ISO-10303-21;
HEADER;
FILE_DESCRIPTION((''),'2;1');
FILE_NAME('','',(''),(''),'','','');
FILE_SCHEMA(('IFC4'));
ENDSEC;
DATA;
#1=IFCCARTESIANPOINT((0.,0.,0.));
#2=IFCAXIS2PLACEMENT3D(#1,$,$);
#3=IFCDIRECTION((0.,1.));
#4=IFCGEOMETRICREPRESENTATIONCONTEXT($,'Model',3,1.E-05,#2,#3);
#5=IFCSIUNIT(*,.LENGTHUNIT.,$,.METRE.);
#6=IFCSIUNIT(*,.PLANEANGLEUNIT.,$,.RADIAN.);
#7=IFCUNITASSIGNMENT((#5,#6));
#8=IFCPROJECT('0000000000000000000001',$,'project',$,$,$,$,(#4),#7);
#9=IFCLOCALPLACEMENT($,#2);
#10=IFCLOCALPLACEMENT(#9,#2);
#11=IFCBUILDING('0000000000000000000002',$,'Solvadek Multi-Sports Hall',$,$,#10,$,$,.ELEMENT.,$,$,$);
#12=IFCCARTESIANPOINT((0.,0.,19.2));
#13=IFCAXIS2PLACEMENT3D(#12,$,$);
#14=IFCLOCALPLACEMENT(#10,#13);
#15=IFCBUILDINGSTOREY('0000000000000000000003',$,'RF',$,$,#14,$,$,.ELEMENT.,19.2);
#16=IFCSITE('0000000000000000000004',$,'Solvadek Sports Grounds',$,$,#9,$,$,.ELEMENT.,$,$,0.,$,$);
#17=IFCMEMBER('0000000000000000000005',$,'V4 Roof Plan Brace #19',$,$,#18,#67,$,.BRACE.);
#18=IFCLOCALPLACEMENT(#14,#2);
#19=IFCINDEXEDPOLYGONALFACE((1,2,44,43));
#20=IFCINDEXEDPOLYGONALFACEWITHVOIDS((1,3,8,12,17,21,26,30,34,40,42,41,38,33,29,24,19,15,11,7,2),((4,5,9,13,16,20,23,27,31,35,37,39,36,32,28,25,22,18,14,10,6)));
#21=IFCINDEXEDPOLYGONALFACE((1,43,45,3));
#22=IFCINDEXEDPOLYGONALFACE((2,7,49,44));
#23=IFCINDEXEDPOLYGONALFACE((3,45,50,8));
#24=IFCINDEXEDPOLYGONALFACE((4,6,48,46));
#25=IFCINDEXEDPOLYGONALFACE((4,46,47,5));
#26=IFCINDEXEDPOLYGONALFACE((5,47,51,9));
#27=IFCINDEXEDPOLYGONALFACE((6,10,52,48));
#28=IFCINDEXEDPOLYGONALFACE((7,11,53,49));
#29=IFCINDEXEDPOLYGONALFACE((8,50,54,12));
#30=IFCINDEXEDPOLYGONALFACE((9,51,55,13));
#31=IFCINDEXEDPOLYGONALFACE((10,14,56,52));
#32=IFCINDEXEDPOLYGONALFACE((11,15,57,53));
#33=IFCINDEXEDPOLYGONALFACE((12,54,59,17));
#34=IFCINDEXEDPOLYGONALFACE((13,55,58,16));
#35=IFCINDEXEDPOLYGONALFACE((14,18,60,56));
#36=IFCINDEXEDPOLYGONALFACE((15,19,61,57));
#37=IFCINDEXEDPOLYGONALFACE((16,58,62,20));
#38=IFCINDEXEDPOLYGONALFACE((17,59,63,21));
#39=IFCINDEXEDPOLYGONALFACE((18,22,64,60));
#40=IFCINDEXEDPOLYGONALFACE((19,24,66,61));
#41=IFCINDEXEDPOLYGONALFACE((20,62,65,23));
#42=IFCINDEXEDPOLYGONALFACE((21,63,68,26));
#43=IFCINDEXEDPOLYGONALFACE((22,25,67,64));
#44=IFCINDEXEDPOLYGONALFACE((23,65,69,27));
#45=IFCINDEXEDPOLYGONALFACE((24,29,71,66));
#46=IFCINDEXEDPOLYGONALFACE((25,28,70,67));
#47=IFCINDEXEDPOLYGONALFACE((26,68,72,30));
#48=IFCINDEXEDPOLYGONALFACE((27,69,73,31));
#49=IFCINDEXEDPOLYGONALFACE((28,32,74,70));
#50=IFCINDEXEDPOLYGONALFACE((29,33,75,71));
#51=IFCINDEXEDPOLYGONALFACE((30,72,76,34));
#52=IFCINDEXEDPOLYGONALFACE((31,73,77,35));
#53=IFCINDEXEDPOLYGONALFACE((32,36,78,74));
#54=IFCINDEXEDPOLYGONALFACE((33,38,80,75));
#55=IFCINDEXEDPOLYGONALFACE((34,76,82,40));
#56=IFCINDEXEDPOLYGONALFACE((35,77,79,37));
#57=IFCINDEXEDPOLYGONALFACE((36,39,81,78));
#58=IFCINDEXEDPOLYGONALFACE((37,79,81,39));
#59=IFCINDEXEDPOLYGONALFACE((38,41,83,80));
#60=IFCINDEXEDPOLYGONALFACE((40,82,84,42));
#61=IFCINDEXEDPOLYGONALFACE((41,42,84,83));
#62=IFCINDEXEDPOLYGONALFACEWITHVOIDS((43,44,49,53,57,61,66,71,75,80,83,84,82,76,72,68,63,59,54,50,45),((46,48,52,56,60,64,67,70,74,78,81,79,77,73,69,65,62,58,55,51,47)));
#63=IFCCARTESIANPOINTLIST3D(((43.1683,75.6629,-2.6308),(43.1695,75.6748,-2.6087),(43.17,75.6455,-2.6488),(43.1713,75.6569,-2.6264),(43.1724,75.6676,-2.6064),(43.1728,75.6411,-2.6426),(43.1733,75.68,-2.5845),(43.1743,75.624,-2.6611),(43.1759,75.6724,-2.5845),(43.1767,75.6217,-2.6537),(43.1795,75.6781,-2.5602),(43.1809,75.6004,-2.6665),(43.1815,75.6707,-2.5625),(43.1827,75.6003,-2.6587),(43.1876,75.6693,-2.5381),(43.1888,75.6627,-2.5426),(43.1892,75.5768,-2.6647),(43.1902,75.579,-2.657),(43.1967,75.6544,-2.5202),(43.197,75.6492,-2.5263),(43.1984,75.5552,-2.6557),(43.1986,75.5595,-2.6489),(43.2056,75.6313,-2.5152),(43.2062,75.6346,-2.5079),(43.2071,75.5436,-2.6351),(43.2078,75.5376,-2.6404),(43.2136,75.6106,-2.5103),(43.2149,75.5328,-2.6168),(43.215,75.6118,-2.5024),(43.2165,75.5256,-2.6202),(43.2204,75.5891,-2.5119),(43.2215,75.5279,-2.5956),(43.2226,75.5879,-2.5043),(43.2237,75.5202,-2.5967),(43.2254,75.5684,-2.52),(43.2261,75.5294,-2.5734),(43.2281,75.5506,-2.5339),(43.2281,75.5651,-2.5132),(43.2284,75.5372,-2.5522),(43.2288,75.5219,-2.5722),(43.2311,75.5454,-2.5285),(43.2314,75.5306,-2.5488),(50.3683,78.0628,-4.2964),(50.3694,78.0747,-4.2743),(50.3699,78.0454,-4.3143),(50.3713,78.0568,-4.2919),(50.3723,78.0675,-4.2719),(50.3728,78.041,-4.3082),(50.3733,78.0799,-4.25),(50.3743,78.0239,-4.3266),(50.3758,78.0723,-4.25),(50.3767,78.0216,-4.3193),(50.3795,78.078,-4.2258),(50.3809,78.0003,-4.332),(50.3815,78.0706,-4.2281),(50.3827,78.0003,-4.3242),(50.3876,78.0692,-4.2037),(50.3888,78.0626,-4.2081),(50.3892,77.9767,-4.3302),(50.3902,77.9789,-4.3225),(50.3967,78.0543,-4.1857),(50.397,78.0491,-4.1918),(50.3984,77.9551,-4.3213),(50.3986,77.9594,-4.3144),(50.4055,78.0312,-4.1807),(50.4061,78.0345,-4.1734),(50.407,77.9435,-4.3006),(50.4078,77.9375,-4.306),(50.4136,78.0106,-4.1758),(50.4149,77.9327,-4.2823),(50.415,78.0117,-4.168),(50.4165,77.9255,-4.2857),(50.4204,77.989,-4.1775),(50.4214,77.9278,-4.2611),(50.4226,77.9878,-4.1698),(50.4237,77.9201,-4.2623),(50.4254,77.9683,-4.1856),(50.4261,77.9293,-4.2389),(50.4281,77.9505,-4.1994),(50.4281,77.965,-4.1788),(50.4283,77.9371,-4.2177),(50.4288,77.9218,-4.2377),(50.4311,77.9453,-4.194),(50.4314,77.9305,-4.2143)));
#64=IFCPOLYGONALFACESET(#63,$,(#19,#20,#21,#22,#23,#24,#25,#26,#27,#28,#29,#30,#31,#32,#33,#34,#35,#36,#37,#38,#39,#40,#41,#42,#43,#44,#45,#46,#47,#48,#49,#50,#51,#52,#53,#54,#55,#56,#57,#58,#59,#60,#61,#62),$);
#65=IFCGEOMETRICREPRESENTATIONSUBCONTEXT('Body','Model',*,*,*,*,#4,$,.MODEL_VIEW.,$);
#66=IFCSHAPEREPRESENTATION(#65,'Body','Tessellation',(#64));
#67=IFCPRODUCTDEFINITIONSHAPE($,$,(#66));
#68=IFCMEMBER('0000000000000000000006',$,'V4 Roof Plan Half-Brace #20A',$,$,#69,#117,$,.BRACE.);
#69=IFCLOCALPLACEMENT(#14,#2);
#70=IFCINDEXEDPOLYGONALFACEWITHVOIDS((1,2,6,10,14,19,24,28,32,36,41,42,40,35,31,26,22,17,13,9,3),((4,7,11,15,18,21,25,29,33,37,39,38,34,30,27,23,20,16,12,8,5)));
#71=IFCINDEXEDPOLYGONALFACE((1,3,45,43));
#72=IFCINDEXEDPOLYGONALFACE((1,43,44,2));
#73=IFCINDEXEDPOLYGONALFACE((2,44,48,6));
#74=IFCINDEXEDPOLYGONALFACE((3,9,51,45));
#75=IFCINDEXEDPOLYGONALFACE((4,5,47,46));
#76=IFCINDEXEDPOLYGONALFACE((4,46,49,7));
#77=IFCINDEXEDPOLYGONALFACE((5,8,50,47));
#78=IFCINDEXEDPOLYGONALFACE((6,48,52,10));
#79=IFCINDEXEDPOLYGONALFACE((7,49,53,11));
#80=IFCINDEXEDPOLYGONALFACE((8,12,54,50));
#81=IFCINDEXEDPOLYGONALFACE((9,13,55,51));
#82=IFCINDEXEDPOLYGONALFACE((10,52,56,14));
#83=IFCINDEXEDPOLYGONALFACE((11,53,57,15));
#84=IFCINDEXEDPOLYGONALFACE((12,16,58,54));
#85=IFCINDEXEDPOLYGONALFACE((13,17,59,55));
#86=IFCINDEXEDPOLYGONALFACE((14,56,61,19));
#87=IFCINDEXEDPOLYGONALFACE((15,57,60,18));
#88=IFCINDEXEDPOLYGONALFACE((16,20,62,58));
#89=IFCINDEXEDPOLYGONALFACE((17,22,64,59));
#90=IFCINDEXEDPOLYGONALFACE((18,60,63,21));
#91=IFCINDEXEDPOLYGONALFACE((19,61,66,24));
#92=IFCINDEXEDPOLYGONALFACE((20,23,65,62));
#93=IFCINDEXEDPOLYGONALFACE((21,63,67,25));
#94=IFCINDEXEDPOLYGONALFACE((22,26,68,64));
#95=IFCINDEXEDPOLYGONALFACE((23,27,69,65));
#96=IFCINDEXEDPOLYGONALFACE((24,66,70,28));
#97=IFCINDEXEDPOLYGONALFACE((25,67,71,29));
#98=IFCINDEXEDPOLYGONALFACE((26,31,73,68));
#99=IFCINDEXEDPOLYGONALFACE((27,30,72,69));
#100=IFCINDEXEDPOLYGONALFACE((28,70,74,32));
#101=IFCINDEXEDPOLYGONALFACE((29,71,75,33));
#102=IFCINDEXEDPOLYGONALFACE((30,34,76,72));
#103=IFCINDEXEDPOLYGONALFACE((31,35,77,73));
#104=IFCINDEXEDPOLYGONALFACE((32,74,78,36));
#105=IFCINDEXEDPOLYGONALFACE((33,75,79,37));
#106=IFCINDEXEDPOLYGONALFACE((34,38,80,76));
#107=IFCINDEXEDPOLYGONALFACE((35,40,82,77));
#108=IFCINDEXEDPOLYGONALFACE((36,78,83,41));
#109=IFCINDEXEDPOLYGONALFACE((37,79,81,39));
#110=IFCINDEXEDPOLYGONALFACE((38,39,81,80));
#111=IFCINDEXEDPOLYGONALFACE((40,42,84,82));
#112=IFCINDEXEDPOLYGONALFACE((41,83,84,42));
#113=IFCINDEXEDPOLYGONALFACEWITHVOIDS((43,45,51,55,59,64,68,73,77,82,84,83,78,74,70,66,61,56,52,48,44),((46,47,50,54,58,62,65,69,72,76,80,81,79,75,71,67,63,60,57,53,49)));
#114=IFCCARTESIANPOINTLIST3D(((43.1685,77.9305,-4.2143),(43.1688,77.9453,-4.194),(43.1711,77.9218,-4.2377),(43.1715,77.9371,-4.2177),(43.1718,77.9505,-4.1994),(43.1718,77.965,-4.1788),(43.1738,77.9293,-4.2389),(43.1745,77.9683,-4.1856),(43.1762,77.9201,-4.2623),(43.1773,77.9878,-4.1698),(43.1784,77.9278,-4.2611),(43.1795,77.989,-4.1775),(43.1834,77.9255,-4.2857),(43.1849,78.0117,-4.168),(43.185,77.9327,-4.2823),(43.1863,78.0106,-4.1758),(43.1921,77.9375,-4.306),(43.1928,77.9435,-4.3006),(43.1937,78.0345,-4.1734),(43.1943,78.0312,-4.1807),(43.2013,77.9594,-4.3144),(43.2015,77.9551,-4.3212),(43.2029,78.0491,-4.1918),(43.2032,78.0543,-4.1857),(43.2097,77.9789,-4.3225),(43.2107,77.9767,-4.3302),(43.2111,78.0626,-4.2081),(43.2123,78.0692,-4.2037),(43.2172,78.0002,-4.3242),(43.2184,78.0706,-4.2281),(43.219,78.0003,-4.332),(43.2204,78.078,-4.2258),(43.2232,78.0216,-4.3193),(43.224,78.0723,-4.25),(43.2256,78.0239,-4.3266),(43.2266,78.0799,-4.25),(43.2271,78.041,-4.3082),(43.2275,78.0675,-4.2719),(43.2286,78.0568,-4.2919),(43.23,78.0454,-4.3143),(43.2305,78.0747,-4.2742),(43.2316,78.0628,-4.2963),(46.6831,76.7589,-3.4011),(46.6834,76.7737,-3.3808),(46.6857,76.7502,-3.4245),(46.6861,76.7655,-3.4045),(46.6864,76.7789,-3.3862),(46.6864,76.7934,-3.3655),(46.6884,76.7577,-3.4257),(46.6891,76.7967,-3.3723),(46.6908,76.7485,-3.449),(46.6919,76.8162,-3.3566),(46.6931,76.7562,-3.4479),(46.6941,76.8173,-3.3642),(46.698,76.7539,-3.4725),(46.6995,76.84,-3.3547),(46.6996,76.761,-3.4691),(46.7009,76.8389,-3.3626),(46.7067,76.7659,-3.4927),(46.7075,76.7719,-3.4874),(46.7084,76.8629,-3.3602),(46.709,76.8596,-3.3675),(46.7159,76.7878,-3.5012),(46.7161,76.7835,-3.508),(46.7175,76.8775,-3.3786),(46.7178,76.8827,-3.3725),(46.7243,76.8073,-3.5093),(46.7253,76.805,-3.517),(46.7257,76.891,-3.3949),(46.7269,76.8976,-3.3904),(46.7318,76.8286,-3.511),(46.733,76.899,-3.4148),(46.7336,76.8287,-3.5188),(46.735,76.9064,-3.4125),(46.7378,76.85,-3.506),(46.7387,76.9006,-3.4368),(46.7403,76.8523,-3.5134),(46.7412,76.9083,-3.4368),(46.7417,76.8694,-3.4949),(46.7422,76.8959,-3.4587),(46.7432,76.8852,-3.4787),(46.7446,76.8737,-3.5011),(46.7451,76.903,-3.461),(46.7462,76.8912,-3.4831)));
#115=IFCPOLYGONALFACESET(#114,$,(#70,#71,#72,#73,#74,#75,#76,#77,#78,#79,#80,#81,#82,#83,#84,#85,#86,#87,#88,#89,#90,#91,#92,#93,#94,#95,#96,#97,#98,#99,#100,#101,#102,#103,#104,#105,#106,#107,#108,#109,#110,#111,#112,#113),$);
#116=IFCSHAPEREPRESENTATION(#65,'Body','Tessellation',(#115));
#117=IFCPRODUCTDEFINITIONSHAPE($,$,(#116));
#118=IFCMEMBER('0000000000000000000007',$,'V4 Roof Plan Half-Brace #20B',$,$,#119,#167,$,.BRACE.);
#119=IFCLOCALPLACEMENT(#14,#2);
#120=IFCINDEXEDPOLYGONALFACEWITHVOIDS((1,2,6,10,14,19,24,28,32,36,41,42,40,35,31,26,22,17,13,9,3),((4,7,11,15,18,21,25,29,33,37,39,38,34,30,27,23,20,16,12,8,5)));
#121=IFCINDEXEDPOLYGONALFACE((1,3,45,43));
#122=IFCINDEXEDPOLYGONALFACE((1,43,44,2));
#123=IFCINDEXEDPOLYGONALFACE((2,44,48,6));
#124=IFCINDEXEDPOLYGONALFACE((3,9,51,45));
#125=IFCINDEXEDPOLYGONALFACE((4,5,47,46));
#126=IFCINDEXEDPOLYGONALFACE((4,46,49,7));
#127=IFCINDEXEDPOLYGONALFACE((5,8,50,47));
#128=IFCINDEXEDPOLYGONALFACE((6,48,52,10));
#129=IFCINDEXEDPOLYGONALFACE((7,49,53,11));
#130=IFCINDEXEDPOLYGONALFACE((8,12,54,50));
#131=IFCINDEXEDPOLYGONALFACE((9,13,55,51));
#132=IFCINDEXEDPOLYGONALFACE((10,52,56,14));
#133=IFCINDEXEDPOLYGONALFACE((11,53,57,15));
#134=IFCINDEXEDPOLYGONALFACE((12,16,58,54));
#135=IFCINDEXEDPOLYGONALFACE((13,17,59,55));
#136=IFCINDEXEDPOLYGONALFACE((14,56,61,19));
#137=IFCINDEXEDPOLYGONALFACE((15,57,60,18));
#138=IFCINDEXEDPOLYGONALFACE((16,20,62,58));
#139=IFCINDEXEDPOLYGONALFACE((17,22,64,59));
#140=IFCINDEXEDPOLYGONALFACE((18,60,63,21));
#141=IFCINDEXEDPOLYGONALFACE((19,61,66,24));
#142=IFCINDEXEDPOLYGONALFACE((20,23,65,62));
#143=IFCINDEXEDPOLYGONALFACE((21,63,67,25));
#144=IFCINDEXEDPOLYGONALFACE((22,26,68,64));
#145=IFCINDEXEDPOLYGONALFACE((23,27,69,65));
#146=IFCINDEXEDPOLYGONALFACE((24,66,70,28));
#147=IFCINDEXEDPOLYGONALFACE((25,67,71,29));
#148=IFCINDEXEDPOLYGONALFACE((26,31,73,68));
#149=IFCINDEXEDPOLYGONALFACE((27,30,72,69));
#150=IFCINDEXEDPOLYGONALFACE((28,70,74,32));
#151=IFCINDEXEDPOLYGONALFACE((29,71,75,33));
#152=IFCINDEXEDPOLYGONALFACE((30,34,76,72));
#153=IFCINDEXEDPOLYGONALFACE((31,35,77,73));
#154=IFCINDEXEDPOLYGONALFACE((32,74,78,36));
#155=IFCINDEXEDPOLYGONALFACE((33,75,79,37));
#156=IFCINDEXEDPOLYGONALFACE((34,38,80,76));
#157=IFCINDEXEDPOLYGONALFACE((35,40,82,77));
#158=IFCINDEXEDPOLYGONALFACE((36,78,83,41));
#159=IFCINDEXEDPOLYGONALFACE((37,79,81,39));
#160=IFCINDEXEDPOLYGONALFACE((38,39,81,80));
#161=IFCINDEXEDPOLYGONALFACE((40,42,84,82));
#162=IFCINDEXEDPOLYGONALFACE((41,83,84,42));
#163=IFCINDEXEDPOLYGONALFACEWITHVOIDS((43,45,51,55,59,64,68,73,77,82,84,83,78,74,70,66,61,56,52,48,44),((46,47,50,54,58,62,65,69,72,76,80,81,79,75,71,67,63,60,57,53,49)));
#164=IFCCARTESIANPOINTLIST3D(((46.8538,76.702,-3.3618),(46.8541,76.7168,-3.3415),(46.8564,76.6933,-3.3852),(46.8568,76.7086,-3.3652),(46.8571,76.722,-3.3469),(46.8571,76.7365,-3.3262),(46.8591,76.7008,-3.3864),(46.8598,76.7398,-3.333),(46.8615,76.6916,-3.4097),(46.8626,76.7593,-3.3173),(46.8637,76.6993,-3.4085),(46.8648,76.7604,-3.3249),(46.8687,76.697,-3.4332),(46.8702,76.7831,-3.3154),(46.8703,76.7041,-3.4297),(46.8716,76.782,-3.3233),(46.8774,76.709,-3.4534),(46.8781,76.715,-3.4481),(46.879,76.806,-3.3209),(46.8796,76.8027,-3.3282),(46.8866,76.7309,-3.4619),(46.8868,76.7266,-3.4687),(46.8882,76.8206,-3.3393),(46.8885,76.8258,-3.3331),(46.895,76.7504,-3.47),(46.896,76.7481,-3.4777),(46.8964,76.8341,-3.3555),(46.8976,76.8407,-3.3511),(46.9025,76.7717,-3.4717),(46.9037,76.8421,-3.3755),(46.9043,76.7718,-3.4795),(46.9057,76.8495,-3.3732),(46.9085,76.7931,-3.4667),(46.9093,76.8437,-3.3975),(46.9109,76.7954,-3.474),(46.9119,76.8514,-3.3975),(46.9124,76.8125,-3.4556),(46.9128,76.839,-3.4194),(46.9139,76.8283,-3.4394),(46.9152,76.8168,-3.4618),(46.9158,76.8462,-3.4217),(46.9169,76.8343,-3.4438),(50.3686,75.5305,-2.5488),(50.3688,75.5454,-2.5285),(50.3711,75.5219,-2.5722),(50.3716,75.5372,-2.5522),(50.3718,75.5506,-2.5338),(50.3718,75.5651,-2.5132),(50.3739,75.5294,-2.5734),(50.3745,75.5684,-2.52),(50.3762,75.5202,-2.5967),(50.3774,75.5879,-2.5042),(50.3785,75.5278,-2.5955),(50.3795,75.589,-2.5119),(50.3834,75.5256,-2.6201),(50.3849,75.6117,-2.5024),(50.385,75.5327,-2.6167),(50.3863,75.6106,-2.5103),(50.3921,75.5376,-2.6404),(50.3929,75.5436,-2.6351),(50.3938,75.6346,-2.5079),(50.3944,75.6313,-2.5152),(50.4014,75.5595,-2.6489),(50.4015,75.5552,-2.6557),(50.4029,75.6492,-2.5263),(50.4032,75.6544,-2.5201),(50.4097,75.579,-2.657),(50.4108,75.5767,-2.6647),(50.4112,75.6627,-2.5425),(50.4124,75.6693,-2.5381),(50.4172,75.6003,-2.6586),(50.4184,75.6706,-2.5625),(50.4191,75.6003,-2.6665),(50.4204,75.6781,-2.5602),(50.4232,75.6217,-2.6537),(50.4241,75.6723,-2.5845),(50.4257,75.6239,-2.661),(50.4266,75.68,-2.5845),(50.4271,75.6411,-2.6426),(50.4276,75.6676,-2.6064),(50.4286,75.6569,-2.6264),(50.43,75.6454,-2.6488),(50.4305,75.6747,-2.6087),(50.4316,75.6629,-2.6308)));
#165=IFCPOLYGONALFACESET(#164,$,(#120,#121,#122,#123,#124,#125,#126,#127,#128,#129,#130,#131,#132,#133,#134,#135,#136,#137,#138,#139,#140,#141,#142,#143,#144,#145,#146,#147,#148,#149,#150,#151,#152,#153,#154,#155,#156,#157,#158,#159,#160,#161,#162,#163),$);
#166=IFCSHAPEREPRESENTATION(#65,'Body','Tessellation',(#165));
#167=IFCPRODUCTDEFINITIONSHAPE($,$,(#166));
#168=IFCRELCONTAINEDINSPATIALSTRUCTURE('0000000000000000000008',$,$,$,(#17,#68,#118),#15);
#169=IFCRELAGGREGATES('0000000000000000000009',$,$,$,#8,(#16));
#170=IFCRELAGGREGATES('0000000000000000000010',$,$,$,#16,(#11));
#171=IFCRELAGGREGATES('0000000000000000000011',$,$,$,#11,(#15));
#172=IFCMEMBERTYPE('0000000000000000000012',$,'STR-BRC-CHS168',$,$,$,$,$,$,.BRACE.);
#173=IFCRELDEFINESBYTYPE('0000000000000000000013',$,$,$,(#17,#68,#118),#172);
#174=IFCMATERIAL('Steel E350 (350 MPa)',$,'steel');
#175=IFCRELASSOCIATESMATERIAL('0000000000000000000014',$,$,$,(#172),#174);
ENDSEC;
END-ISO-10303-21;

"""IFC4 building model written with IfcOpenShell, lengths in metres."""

from ifc_helpers import new_model, si_unit, direction, frame, origin, origin_2d, place, context, subcontext, project, spatial, hollow_circle, extrude, material, material_profile, profile_set, type_object, element, save


model = new_model("IFC4")

# Units and contexts
model_context = context("Model", 3, precision=1e-05, world=origin(), true_north=direction((0.0, 1.0)))
body_context = subcontext(model_context, "Body", "Model", "MODEL_VIEW")
ifc_project = project(units=[si_unit("LENGTHUNIT", "METRE"), si_unit("PLANEANGLEUNIT", "RADIAN")], contexts=[model_context])

# Site, building, storey
site_placement = place(None, origin())
site = spatial("IfcSite", under=ifc_project, at=site_placement, Name="Solvadek Sports Grounds", CompositionType="ELEMENT", RefElevation=0.0)
building_placement = place(site_placement, origin())
building = spatial("IfcBuilding", under=site, at=building_placement, Name="Solvadek Multi-Sports Hall", CompositionType="ELEMENT")
storey_placement = place(building_placement, frame((0.0, 0.0, 19.2)))
storey = spatial("IfcBuildingStorey", under=building, at=storey_placement, Name="RF", CompositionType="ELEMENT", Elevation=19.2)

# Shared definitions
ifc_material_1 = material(Name="Steel E350 (350 MPa)", Category="steel")

# Members
ifc_material_profile_1 = material_profile(ifc_material_1, hollow_circle(Radius=0.0842, WallThickness=0.0081, at=origin_2d()), Name="CHS 168.3x8")
ifc_profile_set_1 = profile_set([ifc_material_profile_1], Name="Steel E350 (350 MPa)")
member_type_1 = type_object("IfcMemberType", Name="STR-BRC-CHS168", PredefinedType="BRACE", material=ifc_profile_set_1)
member_1_placement = place(storey_placement, frame((43.2, 75.6001, -2.5845), z_axis=(0.926635, 0.308868, -0.214354), x_axis=(-0.316218, 0.948687, 0.0)))
element("IfcMember", 1, at=member_1_placement, inside=storey, type_object=member_type_1, Name="V4 Roof Plan Brace #19", PredefinedType="BRACE", context=body_context, shape_type="SweptSolid", body=[
    extrude(hollow_circle(Radius=0.0842, WallThickness=0.0081, at=origin_2d()), origin(), (0.0, 0.0, 1.0), 7.77),
])
for number, where, z_axis, x_axis, name in (
    (2, (43.2, 78.0, -4.25), (0.926615, -0.308893, 0.214404), (0.316248, 0.948677, 0.0), "V4 Roof Plan Half-Brace #20A"),
    (3, (46.8853, 76.7715, -3.3975), (0.926647, -0.308839, 0.214347), (0.316188, 0.948696, 0.0), "V4 Roof Plan Half-Brace #20B"),
):
    element("IfcMember", number, at=place(storey_placement, frame(where, z_axis=z_axis, x_axis=x_axis)), inside=storey, type_object=member_type_1, Name=name, PredefinedType="BRACE", context=body_context, shape_type="SweptSolid", body=[
        extrude(hollow_circle(Radius=0.0842, WallThickness=0.0081, at=origin_2d()), origin(), (0.0, 0.0, 1.0), 3.793),
    ])

save(model, "model.ifc")
